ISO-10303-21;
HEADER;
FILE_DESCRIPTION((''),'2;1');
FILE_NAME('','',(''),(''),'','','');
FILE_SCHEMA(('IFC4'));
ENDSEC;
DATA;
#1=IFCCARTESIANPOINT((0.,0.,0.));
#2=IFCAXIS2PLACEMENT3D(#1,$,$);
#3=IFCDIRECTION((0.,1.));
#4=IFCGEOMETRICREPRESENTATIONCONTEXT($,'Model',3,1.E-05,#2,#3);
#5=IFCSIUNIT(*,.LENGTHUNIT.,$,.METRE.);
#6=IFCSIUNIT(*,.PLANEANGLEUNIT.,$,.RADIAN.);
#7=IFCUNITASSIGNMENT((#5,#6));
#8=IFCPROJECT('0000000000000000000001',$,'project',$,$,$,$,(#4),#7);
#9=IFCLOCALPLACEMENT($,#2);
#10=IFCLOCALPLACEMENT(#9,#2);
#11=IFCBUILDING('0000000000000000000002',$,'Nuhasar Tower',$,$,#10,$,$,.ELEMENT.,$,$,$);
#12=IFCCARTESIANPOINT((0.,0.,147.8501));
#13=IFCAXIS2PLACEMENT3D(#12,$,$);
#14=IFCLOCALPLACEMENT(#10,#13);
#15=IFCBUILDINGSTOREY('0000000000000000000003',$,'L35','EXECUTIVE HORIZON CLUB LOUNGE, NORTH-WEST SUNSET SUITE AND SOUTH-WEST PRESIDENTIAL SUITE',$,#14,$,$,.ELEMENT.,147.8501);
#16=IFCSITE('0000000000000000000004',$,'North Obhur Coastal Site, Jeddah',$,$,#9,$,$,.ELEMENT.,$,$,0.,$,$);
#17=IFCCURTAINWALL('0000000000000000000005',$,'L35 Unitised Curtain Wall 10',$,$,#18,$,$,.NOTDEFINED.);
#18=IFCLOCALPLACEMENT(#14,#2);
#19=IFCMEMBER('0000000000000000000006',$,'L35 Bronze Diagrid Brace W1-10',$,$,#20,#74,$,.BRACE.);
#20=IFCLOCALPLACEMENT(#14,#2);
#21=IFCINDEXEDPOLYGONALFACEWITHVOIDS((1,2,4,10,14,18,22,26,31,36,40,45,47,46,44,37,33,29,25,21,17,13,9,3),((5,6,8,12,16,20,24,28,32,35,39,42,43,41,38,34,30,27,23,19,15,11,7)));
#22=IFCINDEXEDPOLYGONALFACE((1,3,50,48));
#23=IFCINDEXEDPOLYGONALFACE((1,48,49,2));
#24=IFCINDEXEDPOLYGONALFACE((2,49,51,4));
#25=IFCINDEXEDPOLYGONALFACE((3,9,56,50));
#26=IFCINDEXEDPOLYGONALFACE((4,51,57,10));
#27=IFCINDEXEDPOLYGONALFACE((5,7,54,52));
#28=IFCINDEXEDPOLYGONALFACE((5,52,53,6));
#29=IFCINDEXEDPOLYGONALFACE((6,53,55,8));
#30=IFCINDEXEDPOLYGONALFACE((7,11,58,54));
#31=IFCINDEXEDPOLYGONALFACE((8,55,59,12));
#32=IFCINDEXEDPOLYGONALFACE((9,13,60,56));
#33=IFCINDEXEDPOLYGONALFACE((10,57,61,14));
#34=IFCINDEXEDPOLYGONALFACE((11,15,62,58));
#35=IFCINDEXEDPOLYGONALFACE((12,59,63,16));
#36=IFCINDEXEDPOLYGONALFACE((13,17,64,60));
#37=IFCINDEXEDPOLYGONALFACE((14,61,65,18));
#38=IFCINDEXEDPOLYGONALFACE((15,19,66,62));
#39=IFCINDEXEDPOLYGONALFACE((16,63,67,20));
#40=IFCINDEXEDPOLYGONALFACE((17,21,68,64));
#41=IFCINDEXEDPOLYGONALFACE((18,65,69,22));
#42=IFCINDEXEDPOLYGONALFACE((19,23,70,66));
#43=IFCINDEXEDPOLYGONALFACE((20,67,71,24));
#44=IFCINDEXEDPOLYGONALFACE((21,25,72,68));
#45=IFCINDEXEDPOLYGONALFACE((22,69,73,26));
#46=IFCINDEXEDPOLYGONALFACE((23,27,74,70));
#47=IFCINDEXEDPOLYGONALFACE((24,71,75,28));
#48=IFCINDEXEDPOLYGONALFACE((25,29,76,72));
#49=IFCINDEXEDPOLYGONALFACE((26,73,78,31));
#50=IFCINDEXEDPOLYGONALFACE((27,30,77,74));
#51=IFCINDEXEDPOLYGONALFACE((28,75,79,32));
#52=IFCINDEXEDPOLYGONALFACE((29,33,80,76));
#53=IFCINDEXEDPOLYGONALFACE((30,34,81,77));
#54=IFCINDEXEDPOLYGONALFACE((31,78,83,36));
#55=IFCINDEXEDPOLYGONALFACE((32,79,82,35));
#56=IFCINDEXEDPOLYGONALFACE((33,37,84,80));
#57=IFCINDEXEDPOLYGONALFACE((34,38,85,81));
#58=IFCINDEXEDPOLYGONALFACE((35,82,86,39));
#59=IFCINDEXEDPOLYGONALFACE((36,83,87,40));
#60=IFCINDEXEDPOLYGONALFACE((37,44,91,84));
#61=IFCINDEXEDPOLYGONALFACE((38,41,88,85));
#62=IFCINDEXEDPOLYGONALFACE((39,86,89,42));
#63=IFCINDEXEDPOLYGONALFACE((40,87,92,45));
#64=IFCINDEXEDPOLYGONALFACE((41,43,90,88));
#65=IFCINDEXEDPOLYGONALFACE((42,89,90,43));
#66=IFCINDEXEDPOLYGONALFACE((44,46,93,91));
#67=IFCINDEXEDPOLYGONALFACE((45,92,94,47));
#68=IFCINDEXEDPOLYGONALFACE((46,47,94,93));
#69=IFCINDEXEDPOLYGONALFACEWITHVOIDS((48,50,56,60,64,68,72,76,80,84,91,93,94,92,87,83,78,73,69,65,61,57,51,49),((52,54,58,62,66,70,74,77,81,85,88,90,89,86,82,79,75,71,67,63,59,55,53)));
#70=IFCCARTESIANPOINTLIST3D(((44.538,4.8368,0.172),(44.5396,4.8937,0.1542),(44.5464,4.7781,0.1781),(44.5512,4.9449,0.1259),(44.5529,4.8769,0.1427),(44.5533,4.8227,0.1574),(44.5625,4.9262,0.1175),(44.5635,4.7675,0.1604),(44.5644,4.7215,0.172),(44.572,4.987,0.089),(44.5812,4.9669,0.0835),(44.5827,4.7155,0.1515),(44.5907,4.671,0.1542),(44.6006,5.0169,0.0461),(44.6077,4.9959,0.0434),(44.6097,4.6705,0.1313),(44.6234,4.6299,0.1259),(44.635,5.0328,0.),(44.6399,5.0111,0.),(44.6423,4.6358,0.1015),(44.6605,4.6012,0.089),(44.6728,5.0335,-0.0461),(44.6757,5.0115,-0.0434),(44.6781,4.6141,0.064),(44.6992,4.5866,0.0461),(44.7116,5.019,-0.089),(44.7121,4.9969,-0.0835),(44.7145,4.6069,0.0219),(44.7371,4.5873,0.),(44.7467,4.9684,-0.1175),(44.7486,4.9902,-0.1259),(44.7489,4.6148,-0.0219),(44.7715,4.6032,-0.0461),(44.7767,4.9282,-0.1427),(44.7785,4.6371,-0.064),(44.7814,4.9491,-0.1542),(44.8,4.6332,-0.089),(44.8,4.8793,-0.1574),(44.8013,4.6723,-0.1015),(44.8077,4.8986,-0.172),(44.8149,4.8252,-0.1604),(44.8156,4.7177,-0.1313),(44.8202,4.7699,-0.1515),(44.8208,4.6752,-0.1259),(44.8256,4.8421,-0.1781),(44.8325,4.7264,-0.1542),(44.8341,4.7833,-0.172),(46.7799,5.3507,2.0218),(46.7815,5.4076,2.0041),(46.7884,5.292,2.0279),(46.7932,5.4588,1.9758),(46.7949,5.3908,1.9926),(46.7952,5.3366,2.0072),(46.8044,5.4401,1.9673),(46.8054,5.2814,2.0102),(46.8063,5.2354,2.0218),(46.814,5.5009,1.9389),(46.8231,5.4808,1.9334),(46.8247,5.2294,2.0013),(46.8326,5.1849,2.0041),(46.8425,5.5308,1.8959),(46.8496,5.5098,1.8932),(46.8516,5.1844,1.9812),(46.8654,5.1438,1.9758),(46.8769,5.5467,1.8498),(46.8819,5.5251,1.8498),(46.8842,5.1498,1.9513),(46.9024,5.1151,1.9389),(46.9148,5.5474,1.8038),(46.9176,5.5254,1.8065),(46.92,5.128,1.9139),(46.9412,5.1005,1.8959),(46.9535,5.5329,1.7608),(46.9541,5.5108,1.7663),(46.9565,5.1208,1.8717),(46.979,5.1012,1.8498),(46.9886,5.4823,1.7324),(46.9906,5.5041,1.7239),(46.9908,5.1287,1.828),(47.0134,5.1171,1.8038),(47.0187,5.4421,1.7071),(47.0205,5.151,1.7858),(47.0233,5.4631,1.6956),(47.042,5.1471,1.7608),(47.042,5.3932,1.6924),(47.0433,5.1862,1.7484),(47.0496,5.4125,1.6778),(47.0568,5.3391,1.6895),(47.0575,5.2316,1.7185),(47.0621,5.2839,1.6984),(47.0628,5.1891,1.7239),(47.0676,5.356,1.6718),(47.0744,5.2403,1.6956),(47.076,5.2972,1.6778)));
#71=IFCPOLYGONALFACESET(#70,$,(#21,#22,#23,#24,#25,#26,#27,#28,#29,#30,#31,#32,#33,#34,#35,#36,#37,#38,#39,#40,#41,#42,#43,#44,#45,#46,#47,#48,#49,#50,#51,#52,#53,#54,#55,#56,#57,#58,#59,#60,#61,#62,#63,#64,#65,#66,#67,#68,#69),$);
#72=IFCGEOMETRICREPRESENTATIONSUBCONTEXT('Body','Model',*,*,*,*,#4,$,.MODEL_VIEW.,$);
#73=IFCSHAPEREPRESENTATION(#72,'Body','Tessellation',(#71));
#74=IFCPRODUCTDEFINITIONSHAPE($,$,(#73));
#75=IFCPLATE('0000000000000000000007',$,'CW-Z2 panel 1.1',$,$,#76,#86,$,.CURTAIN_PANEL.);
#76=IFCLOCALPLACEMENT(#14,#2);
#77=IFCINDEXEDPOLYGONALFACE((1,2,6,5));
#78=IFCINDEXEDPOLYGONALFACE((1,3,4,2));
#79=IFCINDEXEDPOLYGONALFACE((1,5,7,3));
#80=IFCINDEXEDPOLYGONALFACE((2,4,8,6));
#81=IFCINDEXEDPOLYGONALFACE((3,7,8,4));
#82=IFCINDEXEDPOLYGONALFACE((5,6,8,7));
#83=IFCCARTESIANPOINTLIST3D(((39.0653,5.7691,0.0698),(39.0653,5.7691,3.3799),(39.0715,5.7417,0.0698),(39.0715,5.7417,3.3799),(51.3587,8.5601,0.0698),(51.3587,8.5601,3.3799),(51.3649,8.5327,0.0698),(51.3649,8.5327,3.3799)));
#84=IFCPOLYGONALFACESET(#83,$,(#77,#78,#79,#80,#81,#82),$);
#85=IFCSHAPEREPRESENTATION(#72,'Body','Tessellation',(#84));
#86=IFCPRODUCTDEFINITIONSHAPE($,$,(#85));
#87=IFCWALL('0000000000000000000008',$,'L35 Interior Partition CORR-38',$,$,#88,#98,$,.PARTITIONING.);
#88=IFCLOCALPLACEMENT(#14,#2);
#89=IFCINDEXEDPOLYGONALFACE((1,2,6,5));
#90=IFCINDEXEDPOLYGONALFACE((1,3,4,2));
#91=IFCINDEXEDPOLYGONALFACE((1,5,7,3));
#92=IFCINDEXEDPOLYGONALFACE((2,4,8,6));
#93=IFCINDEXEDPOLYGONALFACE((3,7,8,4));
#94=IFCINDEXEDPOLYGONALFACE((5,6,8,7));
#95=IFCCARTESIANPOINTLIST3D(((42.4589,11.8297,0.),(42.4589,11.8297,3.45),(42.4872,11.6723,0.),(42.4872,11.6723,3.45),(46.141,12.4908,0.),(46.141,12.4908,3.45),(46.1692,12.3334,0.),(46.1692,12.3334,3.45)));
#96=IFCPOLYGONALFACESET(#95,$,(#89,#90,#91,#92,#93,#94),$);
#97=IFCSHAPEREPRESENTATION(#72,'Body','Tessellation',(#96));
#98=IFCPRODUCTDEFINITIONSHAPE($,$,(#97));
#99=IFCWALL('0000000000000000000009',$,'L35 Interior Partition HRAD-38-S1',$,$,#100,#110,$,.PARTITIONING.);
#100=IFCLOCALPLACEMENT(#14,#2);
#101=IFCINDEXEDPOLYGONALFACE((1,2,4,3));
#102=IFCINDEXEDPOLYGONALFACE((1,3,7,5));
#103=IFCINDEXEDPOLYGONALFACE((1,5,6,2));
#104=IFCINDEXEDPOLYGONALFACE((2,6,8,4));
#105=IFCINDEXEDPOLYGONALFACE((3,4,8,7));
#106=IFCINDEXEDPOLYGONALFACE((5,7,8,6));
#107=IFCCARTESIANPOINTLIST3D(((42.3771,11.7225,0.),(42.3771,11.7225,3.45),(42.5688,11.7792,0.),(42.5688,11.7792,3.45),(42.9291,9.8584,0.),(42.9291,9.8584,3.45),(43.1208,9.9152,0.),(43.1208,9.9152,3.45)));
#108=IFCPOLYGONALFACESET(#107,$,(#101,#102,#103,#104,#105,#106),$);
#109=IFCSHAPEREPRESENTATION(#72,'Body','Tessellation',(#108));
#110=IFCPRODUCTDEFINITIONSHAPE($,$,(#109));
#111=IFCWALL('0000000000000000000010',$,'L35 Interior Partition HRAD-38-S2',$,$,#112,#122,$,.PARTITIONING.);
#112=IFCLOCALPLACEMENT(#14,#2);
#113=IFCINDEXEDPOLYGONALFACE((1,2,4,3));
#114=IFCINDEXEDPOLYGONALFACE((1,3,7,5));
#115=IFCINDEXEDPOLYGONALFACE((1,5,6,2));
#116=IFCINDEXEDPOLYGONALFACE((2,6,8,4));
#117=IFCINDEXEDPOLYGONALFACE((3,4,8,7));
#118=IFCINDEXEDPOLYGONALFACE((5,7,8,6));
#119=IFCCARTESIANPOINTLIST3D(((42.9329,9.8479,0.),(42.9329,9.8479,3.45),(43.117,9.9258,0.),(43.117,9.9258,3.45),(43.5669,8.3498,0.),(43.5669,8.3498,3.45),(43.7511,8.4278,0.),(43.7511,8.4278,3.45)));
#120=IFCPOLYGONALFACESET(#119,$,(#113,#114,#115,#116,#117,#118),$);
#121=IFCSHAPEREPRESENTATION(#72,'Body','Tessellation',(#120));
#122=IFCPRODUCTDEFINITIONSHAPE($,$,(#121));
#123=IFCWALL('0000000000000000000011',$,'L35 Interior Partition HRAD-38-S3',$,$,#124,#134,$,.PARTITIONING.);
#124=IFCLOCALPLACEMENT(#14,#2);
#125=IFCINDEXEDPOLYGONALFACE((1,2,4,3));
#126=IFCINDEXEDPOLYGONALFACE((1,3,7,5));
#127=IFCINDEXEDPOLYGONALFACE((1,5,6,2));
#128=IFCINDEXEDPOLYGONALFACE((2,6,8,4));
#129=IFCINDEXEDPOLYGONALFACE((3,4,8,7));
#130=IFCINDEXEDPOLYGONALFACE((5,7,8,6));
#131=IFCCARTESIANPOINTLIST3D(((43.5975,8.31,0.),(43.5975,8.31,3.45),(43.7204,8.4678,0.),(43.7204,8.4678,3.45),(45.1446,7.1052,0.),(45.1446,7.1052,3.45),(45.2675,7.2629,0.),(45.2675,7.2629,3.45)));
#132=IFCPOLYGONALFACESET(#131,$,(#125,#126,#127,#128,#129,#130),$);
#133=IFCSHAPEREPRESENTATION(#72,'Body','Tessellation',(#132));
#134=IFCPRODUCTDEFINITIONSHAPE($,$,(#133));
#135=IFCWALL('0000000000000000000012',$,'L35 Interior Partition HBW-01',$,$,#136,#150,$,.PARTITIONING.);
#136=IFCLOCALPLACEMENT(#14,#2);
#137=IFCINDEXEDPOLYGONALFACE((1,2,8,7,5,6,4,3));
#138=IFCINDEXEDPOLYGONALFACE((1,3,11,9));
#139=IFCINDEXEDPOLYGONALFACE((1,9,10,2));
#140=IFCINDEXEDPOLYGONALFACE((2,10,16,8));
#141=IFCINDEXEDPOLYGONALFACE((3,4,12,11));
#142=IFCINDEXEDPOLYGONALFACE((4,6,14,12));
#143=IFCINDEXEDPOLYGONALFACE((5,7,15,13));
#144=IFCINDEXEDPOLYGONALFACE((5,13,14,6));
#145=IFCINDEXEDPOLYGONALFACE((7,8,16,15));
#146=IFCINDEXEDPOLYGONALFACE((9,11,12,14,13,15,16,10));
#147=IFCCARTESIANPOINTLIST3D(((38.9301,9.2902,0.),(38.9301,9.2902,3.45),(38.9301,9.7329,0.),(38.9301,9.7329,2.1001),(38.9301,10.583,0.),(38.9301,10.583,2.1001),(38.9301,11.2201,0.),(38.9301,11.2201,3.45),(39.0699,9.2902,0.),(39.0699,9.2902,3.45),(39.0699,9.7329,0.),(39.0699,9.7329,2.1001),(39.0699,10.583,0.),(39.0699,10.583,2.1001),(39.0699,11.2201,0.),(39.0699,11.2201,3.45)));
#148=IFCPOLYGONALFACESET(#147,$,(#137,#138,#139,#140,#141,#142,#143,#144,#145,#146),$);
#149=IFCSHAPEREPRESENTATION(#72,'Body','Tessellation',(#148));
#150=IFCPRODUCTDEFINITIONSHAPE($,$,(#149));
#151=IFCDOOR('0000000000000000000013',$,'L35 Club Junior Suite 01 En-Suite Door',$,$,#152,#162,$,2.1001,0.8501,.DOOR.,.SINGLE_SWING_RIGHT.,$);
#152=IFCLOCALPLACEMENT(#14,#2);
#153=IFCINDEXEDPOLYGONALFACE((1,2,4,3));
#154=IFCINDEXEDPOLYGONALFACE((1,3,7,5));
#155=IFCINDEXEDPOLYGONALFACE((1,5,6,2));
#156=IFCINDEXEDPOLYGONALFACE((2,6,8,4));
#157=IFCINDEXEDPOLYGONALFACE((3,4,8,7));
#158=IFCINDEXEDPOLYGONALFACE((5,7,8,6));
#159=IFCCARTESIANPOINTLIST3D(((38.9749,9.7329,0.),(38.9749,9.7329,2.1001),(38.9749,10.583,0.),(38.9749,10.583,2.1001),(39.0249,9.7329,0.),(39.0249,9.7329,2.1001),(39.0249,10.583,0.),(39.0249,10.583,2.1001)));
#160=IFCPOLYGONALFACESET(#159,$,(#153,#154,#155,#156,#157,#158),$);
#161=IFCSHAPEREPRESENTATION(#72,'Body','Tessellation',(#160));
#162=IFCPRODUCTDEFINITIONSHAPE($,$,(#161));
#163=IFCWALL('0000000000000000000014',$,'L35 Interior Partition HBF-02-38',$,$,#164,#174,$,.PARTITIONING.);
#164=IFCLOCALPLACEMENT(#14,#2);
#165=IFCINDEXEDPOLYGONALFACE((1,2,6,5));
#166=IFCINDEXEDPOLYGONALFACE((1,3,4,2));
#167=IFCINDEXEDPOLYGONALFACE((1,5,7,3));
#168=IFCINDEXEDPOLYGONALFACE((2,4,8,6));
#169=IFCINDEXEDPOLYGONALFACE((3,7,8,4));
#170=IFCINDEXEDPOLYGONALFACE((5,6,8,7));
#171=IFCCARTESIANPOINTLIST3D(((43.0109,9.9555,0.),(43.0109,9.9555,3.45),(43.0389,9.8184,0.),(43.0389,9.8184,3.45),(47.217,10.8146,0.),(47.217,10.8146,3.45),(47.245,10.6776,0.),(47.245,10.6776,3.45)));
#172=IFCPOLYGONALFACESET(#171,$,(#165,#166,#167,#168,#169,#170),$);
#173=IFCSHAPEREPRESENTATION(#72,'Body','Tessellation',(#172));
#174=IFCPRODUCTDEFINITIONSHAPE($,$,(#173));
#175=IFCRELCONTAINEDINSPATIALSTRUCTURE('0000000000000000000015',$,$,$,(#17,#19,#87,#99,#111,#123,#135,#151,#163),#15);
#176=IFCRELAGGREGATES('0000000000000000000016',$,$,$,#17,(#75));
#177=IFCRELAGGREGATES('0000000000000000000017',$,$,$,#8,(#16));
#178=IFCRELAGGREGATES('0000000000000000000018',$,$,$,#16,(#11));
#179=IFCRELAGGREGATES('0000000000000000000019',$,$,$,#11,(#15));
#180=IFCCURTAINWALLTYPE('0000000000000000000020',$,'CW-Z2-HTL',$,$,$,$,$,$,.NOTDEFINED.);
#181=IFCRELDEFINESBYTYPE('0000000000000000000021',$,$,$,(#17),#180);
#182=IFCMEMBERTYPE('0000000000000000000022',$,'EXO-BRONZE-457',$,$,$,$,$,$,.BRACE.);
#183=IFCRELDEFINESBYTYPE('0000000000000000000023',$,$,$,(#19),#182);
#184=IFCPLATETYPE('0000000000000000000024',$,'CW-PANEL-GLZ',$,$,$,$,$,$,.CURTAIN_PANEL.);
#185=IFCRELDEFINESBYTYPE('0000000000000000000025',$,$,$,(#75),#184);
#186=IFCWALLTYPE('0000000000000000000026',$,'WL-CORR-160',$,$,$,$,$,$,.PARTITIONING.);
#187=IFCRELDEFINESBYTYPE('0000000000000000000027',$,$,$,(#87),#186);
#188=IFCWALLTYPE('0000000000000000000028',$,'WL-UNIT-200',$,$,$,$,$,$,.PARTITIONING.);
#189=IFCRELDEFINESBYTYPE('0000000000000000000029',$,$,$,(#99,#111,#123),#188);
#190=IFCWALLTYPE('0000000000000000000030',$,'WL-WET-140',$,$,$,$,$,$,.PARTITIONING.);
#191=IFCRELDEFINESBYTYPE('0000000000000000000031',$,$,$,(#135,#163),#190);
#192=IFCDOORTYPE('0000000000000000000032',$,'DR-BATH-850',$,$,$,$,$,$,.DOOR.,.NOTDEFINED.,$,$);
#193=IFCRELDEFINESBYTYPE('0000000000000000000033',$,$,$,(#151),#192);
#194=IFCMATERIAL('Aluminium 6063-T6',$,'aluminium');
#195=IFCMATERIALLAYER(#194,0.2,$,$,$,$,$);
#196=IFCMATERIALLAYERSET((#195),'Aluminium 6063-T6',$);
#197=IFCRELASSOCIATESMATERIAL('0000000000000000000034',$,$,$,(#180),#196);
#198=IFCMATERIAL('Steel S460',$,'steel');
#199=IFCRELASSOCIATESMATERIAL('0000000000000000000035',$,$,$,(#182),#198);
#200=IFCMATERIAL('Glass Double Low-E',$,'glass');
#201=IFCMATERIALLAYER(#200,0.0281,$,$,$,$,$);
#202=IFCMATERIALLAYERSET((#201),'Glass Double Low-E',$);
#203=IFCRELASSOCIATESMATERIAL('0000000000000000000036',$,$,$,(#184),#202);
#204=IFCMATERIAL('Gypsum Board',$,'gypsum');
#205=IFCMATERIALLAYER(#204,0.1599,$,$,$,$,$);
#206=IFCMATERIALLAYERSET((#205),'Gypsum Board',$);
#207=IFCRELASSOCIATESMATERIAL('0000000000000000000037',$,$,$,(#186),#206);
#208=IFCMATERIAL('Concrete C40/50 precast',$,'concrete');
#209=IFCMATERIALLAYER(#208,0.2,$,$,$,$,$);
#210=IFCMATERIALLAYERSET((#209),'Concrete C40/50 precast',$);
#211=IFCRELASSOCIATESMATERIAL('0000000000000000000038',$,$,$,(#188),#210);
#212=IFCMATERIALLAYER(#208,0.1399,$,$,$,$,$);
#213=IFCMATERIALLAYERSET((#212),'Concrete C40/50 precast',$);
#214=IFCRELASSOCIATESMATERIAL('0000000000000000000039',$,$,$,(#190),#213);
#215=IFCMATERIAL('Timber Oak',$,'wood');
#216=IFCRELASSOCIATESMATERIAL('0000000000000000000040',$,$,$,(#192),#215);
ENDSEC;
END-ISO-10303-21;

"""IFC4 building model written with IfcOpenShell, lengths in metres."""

from ifc_helpers import new_model, si_unit, direction, frame, frame_2d, origin, origin_2d, place, context, subcontext, project, spatial, rectangle, hollow_circle, extrude, material, layer, layer_set, material_profile, profile_set, type_object, element, fill, aggregate, save


model = new_model("IFC4")

# Units and contexts
model_context = context("Model", 3, precision=1e-05, world=origin(), true_north=direction((0.0, 1.0)))
body_context = subcontext(model_context, "Body", "Model", "MODEL_VIEW")
ifc_project = project(units=[si_unit("LENGTHUNIT", "METRE"), si_unit("PLANEANGLEUNIT", "RADIAN")], contexts=[model_context])

# Site, building, storey
site_placement = place(None, origin())
site = spatial("IfcSite", under=ifc_project, at=site_placement, Name="North Obhur Coastal Site, Jeddah", CompositionType="ELEMENT", RefElevation=0.0)
building_placement = place(site_placement, origin())
building = spatial("IfcBuilding", under=site, at=building_placement, Name="Nuhasar Tower", CompositionType="ELEMENT")
storey_placement = place(building_placement, frame((0.0, 0.0, 147.8501)))
storey = spatial("IfcBuildingStorey", under=building, at=storey_placement, Name="L35", Description="EXECUTIVE HORIZON CLUB LOUNGE, NORTH-WEST SUNSET SUITE AND SOUTH-WEST PRESIDENTIAL SUITE", CompositionType="ELEMENT", Elevation=147.8501)

# Shared definitions
ifc_material_1 = material(Name="Aluminium 6063-T6", Category="aluminium")
ifc_layer_1 = layer(ifc_material_1, 0.2)
ifc_layer_set_1 = layer_set([ifc_layer_1], Name="Aluminium 6063-T6")
curtain_wall_type = type_object("IfcCurtainWallType", Name="CW-Z2-HTL", PredefinedType="NOTDEFINED", material=ifc_layer_set_1)

# Curtain wall
curtain_wall_1_placement = place(storey_placement, origin())
curtain_wall_1 = element("IfcCurtainWall", 1, at=curtain_wall_1_placement, inside=storey, type_object=curtain_wall_type, Name="L35 Unitised Curtain Wall 10", PredefinedType="NOTDEFINED")

# Member
ifc_material_2 = material(Name="Steel S460", Category="steel")
ifc_material_profile_1 = material_profile(ifc_material_2, hollow_circle(Radius=0.2285, WallThickness=0.0222, at=origin_2d()), Name="HSS457X22.2")
ifc_profile_set_1 = profile_set([ifc_material_profile_1], Name="Steel S460")
member_type_1 = type_object("IfcMemberType", Name="EXO-BRONZE-457", PredefinedType="BRACE", material=ifc_profile_set_1)
member_1_placement = place(storey_placement, frame((44.686, 4.8101, 0.0), z_axis=(0.75955, 0.17411, 0.626713), x_axis=(-0.223433, 0.974719, 0.0)))
element("IfcMember", 2, at=member_1_placement, inside=storey, type_object=member_type_1, Name="L35 Bronze Diagrid Brace W1-10", PredefinedType="BRACE", context=body_context, shape_type="SweptSolid", body=[
    extrude(hollow_circle(Radius=0.2285, WallThickness=0.0222, at=origin_2d()), origin(), (0.0, 0.0, 1.0), 2.9517),
])

# Plate
ifc_material_3 = material(Name="Glass Double Low-E", Category="glass")
ifc_layer_2 = layer(ifc_material_3, 0.0281)
ifc_layer_set_2 = layer_set([ifc_layer_2], Name="Glass Double Low-E")
plate_type = type_object("IfcPlateType", Name="CW-PANEL-GLZ", PredefinedType="CURTAIN_PANEL", material=ifc_layer_set_2)
plate_placement = place(storey_placement, frame((45.2151, 7.1509, 0.0698), z_axis=(0.0, 0.0, 1.0), x_axis=(0.975184, 0.221397, 0.0)))
plate = element("IfcPlate", 3, at=plate_placement, type_object=plate_type, Name="CW-Z2 panel 1.1", PredefinedType="CURTAIN_PANEL", context=body_context, shape_type="SweptSolid", body=[
    extrude(rectangle(XDim=12.6062, YDim=0.0281, at=origin_2d()), origin(), (0.0, 0.0, 1.0), 3.3101),
])
aggregate(curtain_wall_1, [plate])

# Shared definitions
ifc_material_4 = material(Name="Gypsum Board", Category="gypsum")
ifc_layer_3 = layer(ifc_material_4, 0.1599)
ifc_layer_set_3 = layer_set([ifc_layer_3], Name="Gypsum Board")
wall_type_1 = type_object("IfcWallType", Name="WL-CORR-160", PredefinedType="PARTITIONING", material=ifc_layer_set_3)
ifc_material_5 = material(Name="Timber Oak", Category="wood")

# Wall
wall_1_placement = place(storey_placement, frame((42.4729, 11.751, 0.0), z_axis=(0.0, 0.0, 1.0), x_axis=(0.98426, 0.176726, 0.0)))
element("IfcWall", 4, at=wall_1_placement, inside=storey, type_object=wall_type_1, Name="L35 Interior Partition CORR-38", PredefinedType="PARTITIONING", context=body_context, shape_type="SweptSolid", body=[
    extrude(rectangle(XDim=3.741, YDim=0.1599, at=frame_2d((1.8706, 0.0))), origin(), (0.0, 0.0, 1.0), 3.45),
])

# Walls
ifc_material_6 = material(Name="Concrete C40/50 precast", Category="concrete")
ifc_layer_4 = layer(ifc_material_6, 0.2)
ifc_layer_set_4 = layer_set([ifc_layer_4], Name="Concrete C40/50 precast")
wall_type_2 = type_object("IfcWallType", Name="WL-UNIT-200", PredefinedType="PARTITIONING", material=ifc_layer_set_4)
wall_2_placement = place(storey_placement, frame((42.4729, 11.751, 0.0), z_axis=(0.0, 0.0, 1.0), x_axis=(0.283947, -0.95884, 0.0)))
element("IfcWall", 5, at=wall_2_placement, inside=storey, type_object=wall_type_2, Name="L35 Interior Partition HRAD-38-S1", PredefinedType="PARTITIONING", context=body_context, shape_type="SweptSolid", body=[
    extrude(rectangle(XDim=1.9441, YDim=0.2, at=frame_2d((0.9722, 0.0))), origin(), (0.0, 0.0, 1.0), 3.45),
])
wall_3_placement = place(storey_placement, frame((43.0249, 9.887, 0.0), z_axis=(0.0, 0.0, 1.0), x_axis=(0.389767, -0.920913, 0.0)))
element("IfcWall", 6, at=wall_3_placement, inside=storey, type_object=wall_type_2, Name="L35 Interior Partition HRAD-38-S2", PredefinedType="PARTITIONING", context=body_context, shape_type="SweptSolid", body=[
    extrude(rectangle(XDim=1.6267, YDim=0.2, at=frame_2d((0.8135, 0.0))), origin(), (0.0, 0.0, 1.0), 3.45),
])
wall_4_placement = place(storey_placement, frame((43.6589, 8.3889, 0.0), z_axis=(0.0, 0.0, 1.0), x_axis=(0.788977, -0.614423, 0.0)))
element("IfcWall", 7, at=wall_4_placement, inside=storey, type_object=wall_type_2, Name="L35 Interior Partition HRAD-38-S3", PredefinedType="PARTITIONING", context=body_context, shape_type="SweptSolid", body=[
    extrude(rectangle(XDim=1.9609, YDim=0.2, at=frame_2d((0.9805, 0.0))), origin(), (0.0, 0.0, 1.0), 3.45),
])

# Wall, opening, door
ifc_layer_5 = layer(ifc_material_6, 0.1399)
ifc_layer_set_5 = layer_set([ifc_layer_5], Name="Concrete C40/50 precast")
wall_type_3 = type_object("IfcWallType", Name="WL-WET-140", PredefinedType="PARTITIONING", material=ifc_layer_set_5)
wall_5_placement = place(storey_placement, frame((39.0, 11.22, 0.0), z_axis=(0.0, 0.0, 1.0), x_axis=(0.0, -1.0, 0.0)))
wall_5 = element("IfcWall", 8, at=wall_5_placement, inside=storey, type_object=wall_type_3, Name="L35 Interior Partition HBW-01", PredefinedType="PARTITIONING", context=body_context, shape_type="SweptSolid", body=[
    extrude(rectangle(XDim=1.9299, YDim=0.1399, at=frame_2d((0.9648, 0.0))), origin(), (0.0, 0.0, 1.0), 3.45),
])
opening_1_placement = place(wall_5_placement, frame((0.637, 0.0, 0.0)))
opening_1 = element("IfcOpeningElement", 9, at=opening_1_placement, cuts=wall_5, PredefinedType="OPENING", context=body_context, shape_type="SweptSolid", body=[
    extrude(rectangle(XDim=0.8501, YDim=2.1001, at=frame_2d((0.425, 1.05))), frame((0.0, 0.0801, 0.0), z_axis=(0.0, -1.0, 0.0), x_axis=(1.0, 0.0, 0.0)), (0.0, 0.0, 1.0), 0.1599),
])
door_type_1 = type_object("IfcDoorType", Name="DR-BATH-850", OperationType="NOTDEFINED", PredefinedType="DOOR", material=ifc_material_5)
door_1_placement = place(opening_1_placement, origin())
door_1 = element("IfcDoor", 10, at=door_1_placement, inside=storey, type_object=door_type_1, Name="L35 Club Junior Suite 01 En-Suite Door", OperationType="SINGLE_SWING_RIGHT", OverallHeight=2.1001, OverallWidth=0.8501, PredefinedType="DOOR", context=body_context, shape_type="SweptSolid", body=[
    extrude(rectangle(XDim=0.8501, YDim=2.1001, at=frame_2d((0.425, 1.05))), frame((0.0, 0.0249, 0.0), z_axis=(0.0, -1.0, 0.0), x_axis=(1.0, 0.0, 0.0)), (0.0, 0.0, 1.0), 0.05),
])
fill(opening_1, door_1)

# Wall
wall_6_placement = place(storey_placement, frame((43.0249, 9.887, 0.0), z_axis=(0.0, 0.0, 1.0), x_axis=(0.97977, 0.200128, 0.0)))
element("IfcWall", 11, at=wall_6_placement, inside=storey, type_object=wall_type_3, Name="L35 Interior Partition HBF-02-38", PredefinedType="PARTITIONING", context=body_context, shape_type="SweptSolid", body=[
    extrude(rectangle(XDim=4.293, YDim=0.1399, at=frame_2d((2.1465, 0.0))), origin(), (0.0, 0.0, 1.0), 3.45),
])

save(model, "model.ifc")
